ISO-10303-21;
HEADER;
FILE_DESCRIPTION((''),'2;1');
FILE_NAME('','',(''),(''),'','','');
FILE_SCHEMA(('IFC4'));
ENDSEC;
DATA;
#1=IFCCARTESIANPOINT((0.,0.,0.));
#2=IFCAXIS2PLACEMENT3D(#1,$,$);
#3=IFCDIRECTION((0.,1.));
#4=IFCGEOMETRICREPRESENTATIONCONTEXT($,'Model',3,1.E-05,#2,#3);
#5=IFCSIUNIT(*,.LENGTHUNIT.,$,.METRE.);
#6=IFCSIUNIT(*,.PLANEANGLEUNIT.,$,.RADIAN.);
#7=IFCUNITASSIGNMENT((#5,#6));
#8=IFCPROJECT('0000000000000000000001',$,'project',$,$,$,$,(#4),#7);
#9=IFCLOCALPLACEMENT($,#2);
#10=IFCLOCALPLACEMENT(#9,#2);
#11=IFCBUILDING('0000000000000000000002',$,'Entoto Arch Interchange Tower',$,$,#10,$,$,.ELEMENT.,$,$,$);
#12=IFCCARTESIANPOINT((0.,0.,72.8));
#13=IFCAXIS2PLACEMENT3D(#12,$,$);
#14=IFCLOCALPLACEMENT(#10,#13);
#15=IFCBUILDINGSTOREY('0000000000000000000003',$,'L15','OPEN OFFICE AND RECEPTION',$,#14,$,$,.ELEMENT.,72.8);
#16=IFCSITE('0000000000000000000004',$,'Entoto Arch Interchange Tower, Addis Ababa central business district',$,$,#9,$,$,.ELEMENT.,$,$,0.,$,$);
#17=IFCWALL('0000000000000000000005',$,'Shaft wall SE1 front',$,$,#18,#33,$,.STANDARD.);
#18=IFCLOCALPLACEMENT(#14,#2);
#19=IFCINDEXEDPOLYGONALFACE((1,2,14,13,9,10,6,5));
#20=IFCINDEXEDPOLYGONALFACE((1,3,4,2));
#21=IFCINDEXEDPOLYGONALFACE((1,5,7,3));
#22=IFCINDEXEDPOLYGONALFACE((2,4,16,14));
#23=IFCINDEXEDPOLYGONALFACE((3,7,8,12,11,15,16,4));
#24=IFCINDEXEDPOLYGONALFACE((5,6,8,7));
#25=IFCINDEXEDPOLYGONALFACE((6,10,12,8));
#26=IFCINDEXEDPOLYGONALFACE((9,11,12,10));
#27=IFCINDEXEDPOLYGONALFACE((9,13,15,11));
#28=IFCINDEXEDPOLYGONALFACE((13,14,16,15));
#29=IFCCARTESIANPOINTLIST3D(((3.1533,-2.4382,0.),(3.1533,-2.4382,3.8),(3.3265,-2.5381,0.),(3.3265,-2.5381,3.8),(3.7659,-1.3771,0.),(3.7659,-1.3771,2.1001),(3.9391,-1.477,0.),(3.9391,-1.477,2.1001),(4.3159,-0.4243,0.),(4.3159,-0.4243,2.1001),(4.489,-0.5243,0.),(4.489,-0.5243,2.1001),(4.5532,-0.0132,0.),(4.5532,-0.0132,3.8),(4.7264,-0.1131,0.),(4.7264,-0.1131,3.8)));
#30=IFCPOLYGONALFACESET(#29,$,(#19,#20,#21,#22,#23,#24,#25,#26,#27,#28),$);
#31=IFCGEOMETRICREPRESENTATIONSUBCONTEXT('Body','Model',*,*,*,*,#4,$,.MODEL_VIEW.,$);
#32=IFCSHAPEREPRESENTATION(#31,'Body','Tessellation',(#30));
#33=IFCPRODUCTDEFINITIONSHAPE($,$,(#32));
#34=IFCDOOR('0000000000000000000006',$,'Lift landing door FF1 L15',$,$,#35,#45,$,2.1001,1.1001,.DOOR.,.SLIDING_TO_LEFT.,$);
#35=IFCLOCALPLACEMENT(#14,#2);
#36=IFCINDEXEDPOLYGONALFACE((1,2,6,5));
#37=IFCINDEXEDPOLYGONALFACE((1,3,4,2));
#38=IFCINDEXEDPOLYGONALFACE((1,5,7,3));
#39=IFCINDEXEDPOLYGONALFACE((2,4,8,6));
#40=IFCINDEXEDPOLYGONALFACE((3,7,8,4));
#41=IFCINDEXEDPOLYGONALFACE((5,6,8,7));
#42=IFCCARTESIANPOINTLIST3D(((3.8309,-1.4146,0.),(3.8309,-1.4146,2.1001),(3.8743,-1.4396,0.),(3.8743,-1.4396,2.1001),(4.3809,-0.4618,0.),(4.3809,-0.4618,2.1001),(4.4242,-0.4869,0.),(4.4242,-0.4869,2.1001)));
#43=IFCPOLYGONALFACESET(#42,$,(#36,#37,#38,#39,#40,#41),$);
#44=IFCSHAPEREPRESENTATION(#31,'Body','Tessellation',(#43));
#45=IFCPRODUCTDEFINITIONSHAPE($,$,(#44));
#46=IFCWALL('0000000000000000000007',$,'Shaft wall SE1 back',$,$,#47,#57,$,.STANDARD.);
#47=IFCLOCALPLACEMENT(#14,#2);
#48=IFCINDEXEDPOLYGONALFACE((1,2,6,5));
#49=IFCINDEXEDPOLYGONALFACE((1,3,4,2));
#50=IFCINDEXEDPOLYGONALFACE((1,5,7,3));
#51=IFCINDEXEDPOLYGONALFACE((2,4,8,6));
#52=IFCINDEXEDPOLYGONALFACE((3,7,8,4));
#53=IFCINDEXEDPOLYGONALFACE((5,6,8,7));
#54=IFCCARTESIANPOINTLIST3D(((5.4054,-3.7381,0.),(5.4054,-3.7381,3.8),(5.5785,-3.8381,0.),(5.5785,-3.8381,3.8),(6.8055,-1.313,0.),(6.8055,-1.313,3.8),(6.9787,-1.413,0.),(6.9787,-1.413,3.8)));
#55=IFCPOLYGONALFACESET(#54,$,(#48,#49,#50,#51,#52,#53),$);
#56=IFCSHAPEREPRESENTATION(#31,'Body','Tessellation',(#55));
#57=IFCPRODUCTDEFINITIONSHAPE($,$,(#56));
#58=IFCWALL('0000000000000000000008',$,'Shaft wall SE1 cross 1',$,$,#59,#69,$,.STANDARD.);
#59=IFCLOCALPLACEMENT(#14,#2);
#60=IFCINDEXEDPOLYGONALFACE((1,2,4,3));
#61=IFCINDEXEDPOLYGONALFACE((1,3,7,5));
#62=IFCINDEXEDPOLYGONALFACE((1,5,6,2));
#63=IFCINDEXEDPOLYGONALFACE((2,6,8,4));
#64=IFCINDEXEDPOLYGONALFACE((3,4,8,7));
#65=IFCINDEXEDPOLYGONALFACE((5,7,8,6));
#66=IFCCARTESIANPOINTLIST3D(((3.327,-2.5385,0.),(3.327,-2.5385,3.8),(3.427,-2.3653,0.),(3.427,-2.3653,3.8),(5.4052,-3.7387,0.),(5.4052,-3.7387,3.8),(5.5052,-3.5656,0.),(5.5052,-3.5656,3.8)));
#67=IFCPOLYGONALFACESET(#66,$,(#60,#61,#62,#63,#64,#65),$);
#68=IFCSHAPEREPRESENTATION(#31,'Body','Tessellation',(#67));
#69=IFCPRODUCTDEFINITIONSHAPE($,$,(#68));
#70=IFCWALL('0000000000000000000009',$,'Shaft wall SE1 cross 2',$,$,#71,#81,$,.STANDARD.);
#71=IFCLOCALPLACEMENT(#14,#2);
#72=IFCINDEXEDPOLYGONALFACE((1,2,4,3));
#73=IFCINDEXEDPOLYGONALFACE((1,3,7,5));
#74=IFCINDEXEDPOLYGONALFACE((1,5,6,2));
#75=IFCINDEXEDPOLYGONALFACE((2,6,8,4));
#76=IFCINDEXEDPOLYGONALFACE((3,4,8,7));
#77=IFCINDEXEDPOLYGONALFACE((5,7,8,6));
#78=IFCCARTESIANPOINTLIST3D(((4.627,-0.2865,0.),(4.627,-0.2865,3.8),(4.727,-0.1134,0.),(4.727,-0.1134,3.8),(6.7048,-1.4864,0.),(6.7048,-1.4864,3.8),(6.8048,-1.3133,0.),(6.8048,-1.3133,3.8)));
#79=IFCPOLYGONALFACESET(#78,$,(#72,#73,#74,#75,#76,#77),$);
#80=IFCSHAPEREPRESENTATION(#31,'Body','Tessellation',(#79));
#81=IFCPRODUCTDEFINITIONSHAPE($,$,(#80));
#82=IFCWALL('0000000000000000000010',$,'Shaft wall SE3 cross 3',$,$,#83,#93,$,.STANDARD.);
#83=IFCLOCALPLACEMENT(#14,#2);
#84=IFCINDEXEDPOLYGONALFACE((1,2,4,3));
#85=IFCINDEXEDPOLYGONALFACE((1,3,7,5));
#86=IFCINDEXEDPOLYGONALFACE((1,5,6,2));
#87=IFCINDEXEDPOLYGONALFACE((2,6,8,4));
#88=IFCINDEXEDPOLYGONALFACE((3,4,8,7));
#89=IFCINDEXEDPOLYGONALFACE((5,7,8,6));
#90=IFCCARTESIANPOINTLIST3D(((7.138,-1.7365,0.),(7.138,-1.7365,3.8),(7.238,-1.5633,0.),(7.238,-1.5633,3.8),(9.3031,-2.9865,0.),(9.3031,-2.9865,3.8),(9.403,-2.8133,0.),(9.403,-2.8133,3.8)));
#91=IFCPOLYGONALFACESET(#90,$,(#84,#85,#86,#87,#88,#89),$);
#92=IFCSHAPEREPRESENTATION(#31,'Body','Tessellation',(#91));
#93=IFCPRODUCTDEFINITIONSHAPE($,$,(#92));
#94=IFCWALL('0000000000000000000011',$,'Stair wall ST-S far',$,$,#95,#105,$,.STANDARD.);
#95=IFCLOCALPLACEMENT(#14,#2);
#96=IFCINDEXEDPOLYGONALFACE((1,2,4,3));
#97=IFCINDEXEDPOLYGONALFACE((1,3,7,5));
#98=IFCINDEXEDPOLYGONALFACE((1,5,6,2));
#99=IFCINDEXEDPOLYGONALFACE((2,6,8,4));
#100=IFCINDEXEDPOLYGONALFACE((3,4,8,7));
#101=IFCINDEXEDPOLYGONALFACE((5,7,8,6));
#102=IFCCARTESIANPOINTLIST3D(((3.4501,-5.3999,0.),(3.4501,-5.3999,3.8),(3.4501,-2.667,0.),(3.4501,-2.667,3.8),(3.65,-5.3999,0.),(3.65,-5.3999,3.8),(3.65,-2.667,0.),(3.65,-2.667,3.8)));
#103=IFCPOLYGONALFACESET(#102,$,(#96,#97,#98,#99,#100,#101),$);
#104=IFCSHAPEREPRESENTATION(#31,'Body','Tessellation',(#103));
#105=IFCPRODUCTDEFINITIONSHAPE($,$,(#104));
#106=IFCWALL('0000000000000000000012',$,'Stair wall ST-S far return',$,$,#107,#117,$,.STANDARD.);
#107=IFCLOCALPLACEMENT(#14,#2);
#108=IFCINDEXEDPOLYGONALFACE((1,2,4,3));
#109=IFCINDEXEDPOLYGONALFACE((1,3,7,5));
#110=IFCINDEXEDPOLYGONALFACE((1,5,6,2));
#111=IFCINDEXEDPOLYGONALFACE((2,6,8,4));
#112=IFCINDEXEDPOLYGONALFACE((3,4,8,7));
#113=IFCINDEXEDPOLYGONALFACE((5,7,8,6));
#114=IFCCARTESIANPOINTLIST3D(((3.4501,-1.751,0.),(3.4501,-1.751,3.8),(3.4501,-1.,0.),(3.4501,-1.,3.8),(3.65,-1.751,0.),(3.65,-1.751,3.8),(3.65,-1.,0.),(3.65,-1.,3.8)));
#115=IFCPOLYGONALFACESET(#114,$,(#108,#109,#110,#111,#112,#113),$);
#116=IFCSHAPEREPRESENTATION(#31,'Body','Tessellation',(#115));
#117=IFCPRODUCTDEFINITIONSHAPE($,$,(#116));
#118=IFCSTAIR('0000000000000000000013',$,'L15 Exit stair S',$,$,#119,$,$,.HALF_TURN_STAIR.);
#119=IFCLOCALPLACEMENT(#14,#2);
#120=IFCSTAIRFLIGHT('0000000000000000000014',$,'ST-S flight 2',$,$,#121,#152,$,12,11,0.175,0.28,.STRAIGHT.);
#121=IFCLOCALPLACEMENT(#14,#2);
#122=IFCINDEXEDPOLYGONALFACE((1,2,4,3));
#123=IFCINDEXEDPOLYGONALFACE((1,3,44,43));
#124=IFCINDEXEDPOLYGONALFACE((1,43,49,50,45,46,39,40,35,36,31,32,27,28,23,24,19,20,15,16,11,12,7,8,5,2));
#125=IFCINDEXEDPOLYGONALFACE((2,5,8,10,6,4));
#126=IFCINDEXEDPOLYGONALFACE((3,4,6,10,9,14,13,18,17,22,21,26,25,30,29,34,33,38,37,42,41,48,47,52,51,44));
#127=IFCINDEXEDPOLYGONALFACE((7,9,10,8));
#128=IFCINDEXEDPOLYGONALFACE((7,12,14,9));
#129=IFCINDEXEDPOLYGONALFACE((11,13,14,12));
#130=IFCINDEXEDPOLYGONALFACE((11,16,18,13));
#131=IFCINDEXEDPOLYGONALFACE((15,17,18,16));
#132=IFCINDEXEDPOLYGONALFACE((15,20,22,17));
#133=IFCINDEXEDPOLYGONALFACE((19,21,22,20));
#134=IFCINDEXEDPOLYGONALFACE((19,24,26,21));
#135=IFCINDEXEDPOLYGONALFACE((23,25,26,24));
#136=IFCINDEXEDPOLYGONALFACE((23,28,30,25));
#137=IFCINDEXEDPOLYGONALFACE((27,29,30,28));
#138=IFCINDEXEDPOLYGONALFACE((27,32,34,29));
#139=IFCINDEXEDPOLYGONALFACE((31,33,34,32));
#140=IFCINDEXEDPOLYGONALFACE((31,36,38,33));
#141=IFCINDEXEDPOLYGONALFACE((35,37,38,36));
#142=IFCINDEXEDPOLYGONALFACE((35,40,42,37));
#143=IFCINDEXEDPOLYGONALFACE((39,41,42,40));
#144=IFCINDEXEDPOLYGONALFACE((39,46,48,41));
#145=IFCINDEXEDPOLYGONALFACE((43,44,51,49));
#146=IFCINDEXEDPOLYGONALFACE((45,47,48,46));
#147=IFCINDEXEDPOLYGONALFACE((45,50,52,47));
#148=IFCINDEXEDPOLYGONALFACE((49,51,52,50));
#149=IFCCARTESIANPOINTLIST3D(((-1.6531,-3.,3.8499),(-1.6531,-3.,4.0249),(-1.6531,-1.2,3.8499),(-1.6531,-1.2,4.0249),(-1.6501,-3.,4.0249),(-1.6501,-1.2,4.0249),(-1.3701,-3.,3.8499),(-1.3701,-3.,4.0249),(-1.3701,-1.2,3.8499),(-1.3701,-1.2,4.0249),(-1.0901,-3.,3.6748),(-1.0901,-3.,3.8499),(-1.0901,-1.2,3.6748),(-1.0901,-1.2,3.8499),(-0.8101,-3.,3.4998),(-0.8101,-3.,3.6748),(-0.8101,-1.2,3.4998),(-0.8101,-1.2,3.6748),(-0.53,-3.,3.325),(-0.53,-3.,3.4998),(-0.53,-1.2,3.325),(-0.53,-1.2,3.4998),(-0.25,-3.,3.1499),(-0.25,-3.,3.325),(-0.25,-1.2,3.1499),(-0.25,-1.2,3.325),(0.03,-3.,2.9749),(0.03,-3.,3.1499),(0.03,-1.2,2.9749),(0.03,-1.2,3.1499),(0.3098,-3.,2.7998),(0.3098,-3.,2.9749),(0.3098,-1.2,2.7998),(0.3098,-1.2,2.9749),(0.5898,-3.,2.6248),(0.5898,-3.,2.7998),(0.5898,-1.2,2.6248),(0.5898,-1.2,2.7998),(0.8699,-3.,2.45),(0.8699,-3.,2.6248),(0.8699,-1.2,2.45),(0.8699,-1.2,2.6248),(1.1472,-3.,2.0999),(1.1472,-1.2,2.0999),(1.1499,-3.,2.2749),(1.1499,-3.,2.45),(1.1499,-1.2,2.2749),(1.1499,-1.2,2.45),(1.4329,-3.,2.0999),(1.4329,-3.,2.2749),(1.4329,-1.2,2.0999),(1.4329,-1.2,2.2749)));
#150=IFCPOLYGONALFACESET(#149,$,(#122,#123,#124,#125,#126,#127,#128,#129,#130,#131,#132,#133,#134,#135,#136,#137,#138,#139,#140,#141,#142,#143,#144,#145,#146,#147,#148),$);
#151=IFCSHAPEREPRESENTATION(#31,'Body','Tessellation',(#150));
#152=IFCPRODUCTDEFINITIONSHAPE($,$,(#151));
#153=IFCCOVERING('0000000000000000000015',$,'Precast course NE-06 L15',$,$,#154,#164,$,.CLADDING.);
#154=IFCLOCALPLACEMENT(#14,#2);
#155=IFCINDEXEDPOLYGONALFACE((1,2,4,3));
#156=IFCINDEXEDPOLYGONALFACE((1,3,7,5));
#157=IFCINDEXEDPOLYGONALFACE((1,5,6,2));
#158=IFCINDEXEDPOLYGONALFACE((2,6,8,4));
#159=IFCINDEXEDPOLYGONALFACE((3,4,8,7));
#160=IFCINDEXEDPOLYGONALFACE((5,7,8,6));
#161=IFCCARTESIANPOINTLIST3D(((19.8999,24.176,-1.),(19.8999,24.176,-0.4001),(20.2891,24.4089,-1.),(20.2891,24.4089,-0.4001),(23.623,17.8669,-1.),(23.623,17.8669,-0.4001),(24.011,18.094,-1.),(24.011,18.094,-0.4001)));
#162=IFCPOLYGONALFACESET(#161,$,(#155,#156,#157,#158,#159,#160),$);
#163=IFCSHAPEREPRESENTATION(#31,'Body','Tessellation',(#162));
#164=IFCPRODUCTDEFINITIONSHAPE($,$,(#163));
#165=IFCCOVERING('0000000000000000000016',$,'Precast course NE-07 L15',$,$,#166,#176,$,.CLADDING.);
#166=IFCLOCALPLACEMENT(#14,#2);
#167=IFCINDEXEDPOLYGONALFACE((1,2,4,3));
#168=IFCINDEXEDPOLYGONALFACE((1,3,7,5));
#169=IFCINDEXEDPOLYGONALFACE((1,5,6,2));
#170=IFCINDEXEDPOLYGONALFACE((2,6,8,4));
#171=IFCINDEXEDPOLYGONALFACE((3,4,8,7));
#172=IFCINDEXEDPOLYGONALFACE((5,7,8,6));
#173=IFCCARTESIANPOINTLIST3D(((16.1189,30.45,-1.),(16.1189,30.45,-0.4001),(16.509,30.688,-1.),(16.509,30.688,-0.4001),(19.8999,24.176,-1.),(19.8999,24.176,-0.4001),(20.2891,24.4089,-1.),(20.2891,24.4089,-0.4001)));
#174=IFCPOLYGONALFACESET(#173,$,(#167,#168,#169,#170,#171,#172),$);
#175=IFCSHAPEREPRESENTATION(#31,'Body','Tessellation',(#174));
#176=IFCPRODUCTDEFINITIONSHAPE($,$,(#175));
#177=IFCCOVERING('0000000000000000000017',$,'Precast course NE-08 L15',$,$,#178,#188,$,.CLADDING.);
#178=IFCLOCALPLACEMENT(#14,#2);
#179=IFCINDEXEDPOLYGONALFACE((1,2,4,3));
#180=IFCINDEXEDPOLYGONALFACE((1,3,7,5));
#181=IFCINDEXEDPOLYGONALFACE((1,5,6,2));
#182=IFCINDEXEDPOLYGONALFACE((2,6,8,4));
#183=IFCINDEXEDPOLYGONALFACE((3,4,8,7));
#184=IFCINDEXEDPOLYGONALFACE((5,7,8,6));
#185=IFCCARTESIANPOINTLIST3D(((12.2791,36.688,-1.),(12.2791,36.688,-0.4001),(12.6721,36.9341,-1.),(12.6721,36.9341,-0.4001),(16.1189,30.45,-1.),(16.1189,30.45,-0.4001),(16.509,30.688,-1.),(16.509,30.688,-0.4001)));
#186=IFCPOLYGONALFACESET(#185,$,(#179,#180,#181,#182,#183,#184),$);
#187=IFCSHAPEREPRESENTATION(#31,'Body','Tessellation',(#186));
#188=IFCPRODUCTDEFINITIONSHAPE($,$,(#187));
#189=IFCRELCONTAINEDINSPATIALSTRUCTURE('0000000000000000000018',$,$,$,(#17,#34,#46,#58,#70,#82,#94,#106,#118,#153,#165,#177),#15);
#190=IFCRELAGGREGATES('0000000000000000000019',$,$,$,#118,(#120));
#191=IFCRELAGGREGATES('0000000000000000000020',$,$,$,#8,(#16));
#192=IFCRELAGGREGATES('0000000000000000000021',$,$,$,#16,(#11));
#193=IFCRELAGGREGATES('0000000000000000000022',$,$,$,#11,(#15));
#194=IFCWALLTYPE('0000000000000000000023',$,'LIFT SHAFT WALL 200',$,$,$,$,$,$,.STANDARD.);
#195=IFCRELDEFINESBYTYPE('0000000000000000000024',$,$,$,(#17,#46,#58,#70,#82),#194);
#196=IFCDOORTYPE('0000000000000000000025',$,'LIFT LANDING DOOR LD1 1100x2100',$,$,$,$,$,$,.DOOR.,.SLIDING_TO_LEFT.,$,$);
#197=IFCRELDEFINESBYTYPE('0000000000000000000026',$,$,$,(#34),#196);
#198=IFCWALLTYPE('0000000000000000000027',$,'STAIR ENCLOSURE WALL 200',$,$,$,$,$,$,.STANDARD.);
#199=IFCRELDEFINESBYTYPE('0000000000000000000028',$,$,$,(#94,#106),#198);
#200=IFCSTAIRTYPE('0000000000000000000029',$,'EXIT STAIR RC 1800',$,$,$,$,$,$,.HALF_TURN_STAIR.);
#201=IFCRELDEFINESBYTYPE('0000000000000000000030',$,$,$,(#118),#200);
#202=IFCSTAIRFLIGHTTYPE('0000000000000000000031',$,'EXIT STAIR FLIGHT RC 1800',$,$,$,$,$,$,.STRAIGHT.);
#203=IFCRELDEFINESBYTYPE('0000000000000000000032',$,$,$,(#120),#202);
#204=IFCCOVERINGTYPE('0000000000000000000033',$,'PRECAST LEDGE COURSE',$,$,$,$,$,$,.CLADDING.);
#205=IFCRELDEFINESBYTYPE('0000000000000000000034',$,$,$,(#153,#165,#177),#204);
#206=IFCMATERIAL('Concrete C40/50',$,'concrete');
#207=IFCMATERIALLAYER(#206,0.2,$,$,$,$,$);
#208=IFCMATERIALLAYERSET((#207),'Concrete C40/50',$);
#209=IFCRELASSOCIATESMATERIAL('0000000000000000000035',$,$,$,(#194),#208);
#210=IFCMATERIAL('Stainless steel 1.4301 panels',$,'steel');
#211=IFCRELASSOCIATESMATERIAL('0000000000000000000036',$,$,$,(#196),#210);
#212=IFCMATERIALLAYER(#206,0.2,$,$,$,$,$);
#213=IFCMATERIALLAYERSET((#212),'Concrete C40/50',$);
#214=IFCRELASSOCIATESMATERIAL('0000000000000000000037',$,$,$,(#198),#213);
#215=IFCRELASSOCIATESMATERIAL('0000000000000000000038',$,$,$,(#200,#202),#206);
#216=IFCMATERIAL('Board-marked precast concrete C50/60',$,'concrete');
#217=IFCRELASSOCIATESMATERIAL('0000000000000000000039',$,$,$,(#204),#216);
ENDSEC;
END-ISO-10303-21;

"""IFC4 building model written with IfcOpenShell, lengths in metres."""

from ifc_helpers import new_model, si_unit, direction, frame, frame_2d, origin, place, context, subcontext, project, spatial, polyline, rectangle, outline, extrude, material, layer, layer_set, type_object, element, fill, aggregate, save


model = new_model("IFC4")

# Units and contexts
model_context = context("Model", 3, precision=1e-05, world=origin(), true_north=direction((0.0, 1.0)))
body_context = subcontext(model_context, "Body", "Model", "MODEL_VIEW")
ifc_project = project(units=[si_unit("LENGTHUNIT", "METRE"), si_unit("PLANEANGLEUNIT", "RADIAN")], contexts=[model_context])

# Site, building, storey
site_placement = place(None, origin())
site = spatial("IfcSite", under=ifc_project, at=site_placement, Name="Entoto Arch Interchange Tower, Addis Ababa central business district", CompositionType="ELEMENT", RefElevation=0.0)
building_placement = place(site_placement, origin())
building = spatial("IfcBuilding", under=site, at=building_placement, Name="Entoto Arch Interchange Tower", CompositionType="ELEMENT")
storey_placement = place(building_placement, frame((0.0, 0.0, 72.8)))
storey = spatial("IfcBuildingStorey", under=building, at=storey_placement, Name="L15", Description="OPEN OFFICE AND RECEPTION", CompositionType="ELEMENT", Elevation=72.8)

# Wall, opening, door
ifc_material_1 = material(Name="Concrete C40/50", Category="concrete")
ifc_layer_1 = layer(ifc_material_1, 0.2)
ifc_layer_set_1 = layer_set([ifc_layer_1], Name="Concrete C40/50")
wall_type_1 = type_object("IfcWallType", Name="LIFT SHAFT WALL 200", PredefinedType="STANDARD", material=ifc_layer_set_1)
wall_1_placement = place(storey_placement, frame((3.24, -2.488, 0.0), z_axis=(0.0, 0.0, 1.0), x_axis=(0.499946, 0.866056, 0.0)))
wall_1 = element("IfcWall", 1, at=wall_1_placement, inside=storey, type_object=wall_type_1, Name="Shaft wall SE1 front", PredefinedType="STANDARD", context=body_context, shape_type="SweptSolid", body=[
    extrude(rectangle(XDim=2.8, YDim=0.2, at=frame_2d((1.3999, 0.0))), origin(), (0.0, 0.0, 1.0), 3.8),
])
opening_placement = place(wall_1_placement, frame((1.2251, 0.0, 0.0)))
opening = element("IfcOpeningElement", 2, at=opening_placement, cuts=wall_1, PredefinedType="OPENING", context=body_context, shape_type="SweptSolid", body=[
    extrude(rectangle(XDim=1.1001, YDim=2.1001, at=frame_2d((0.55, 1.05))), frame((0.0, 0.1099, 0.0), z_axis=(0.0, -1.0, 0.0), x_axis=(1.0, 0.0, 0.0)), (0.0, 0.0, 1.0), 0.22),
])
ifc_material_2 = material(Name="Stainless steel 1.4301 panels", Category="steel")
door_type = type_object("IfcDoorType", Name="LIFT LANDING DOOR LD1 1100x2100", OperationType="SLIDING_TO_LEFT", PredefinedType="DOOR", material=ifc_material_2)
door_placement = place(opening_placement, origin())
door = element("IfcDoor", 3, at=door_placement, inside=storey, type_object=door_type, Name="Lift landing door FF1 L15", OperationType="SLIDING_TO_LEFT", OverallHeight=2.1001, OverallWidth=1.1001, PredefinedType="DOOR", context=body_context, shape_type="SweptSolid", body=[
    extrude(rectangle(XDim=1.1001, YDim=2.1001, at=frame_2d((0.55, 1.05))), frame((0.0, 0.0249, 0.0), z_axis=(0.0, -1.0, 0.0), x_axis=(1.0, 0.0, 0.0)), (0.0, 0.0, 1.0), 0.05),
])
fill(opening, door)

# Walls
wall_2_placement = place(storey_placement, frame((5.4919, -3.7881, 0.0), z_axis=(0.0, 0.0, 1.0), x_axis=(0.500012, 0.866019, 0.0)))
element("IfcWall", 4, at=wall_2_placement, inside=storey, type_object=wall_type_1, Name="Shaft wall SE1 back", PredefinedType="STANDARD", context=body_context, shape_type="SweptSolid", body=[
    extrude(rectangle(XDim=2.8003, YDim=0.2, at=frame_2d((1.4001, 0.0))), origin(), (0.0, 0.0, 1.0), 3.8),
])
wall_3_placement = place(storey_placement, frame((3.377, -2.4519, 0.0), z_axis=(0.0, 0.0, 1.0), x_axis=(0.865955, -0.500122, 0.0)))
element("IfcWall", 5, at=wall_3_placement, inside=storey, type_object=wall_type_1, Name="Shaft wall SE1 cross 1", PredefinedType="STANDARD", context=body_context, shape_type="SweptSolid", body=[
    extrude(rectangle(XDim=2.3999, YDim=0.2, at=frame_2d((1.2, 0.0))), origin(), (0.0, 0.0, 1.0), 3.8),
])
wall_4_placement = place(storey_placement, frame((4.677, -0.2, 0.0), z_axis=(0.0, 0.0, 1.0), x_axis=(0.865974, -0.500089, 0.0)))
element("IfcWall", 6, at=wall_4_placement, inside=storey, type_object=wall_type_1, Name="Shaft wall SE1 cross 2", PredefinedType="STANDARD", context=body_context, shape_type="SweptSolid", body=[
    extrude(rectangle(XDim=2.3994, YDim=0.2, at=frame_2d((1.1997, 0.0))), origin(), (0.0, 0.0, 1.0), 3.8),
])
wall_5_placement = place(storey_placement, frame((7.188, -1.6499, 0.0), z_axis=(0.0, 0.0, 1.0), x_axis=(0.866023, -0.500004, 0.0)))
element("IfcWall", 7, at=wall_5_placement, inside=storey, type_object=wall_type_1, Name="Shaft wall SE3 cross 3", PredefinedType="STANDARD", context=body_context, shape_type="SweptSolid", body=[
    extrude(rectangle(XDim=2.5, YDim=0.2, at=frame_2d((1.25, 0.0))), origin(), (0.0, 0.0, 1.0), 3.8),
])
ifc_layer_2 = layer(ifc_material_1, 0.2)
ifc_layer_set_2 = layer_set([ifc_layer_2], Name="Concrete C40/50")
wall_type_2 = type_object("IfcWallType", Name="STAIR ENCLOSURE WALL 200", PredefinedType="STANDARD", material=ifc_layer_set_2)
wall_6_placement = place(storey_placement, frame((3.55, -2.667, 0.0), z_axis=(0.0, 0.0, 1.0), x_axis=(0.0, -1.0, 0.0)))
element("IfcWall", 8, at=wall_6_placement, inside=storey, type_object=wall_type_2, Name="Stair wall ST-S far", PredefinedType="STANDARD", context=body_context, shape_type="SweptSolid", body=[
    extrude(rectangle(XDim=2.7329, YDim=0.2, at=frame_2d((1.3665, 0.0))), origin(), (0.0, 0.0, 1.0), 3.8),
])
wall_7_placement = place(storey_placement, frame((3.55, -1.0, 0.0), z_axis=(0.0, 0.0, 1.0), x_axis=(0.0, -1.0, 0.0)))
element("IfcWall", 9, at=wall_7_placement, inside=storey, type_object=wall_type_2, Name="Stair wall ST-S far return", PredefinedType="STANDARD", context=body_context, shape_type="SweptSolid", body=[
    extrude(rectangle(XDim=0.751, YDim=0.2, at=frame_2d((0.3755, 0.0))), origin(), (0.0, 0.0, 1.0), 3.8),
])

# Stair, stair flight
stair_type = type_object("IfcStairType", Name="EXIT STAIR RC 1800", PredefinedType="HALF_TURN_STAIR", material=ifc_material_1)
stair_placement = place(storey_placement, origin())
stair = element("IfcStair", 10, at=stair_placement, inside=storey, type_object=stair_type, Name="L15 Exit stair S", PredefinedType="HALF_TURN_STAIR")
stair_flight_type = type_object("IfcStairFlightType", Name="EXIT STAIR FLIGHT RC 1800", PredefinedType="STRAIGHT", material=ifc_material_1)
stair_flight_placement = place(storey_placement, frame((1.4299, -2.1001, 2.0999), z_axis=(0.0, 0.0, 1.0), x_axis=(-1.0, 0.0, 0.0)))
stair_flight = element("IfcStairFlight", 11, at=stair_flight_placement, type_object=stair_flight_type, Name="ST-S flight 2", NumberOfRisers=12, NumberOfTreads=11, PredefinedType="STRAIGHT", RiserHeight=0.175, TreadLength=0.28, context=body_context, shape_type="SweptSolid", body=[
    extrude(outline(polyline([(-0.0029, 0.0), (-0.0029, 0.175), (0.28, 0.175), (0.28, 0.3501), (0.5601, 0.3501), (0.5601, 0.5249), (0.8401, 0.5249), (0.8401, 0.7), (1.1201, 0.7), (1.1201, 0.875), (1.3999, 0.875), (1.3999, 1.05), (1.6799, 1.05), (1.6799, 1.2251), (1.96, 1.2251), (1.96, 1.3999), (2.24, 1.3999), (2.24, 1.575), (2.52, 1.575), (2.52, 1.75), (2.8, 1.75), (2.8, 1.925), (3.0801, 1.925), (3.083, 1.925), (3.083, 1.75), (0.2827, 0.0), (-0.0029, 0.0)])), frame((0.0, 0.8999, 0.0), z_axis=(0.0, -1.0, 0.0), x_axis=(1.0, 0.0, 0.0)), (0.0, 0.0, 1.0), 1.8),
])
aggregate(stair, [stair_flight])

# Coverings
ifc_material_3 = material(Name="Board-marked precast concrete C50/60", Category="concrete")
covering_type = type_object("IfcCoveringType", Name="PRECAST LEDGE COURSE", PredefinedType="CLADDING", material=ifc_material_3)
covering_1_placement = place(storey_placement, frame((0.0, 0.0, -1.0)))
element("IfcCovering", 12, at=covering_1_placement, inside=storey, type_object=covering_type, Name="Precast course NE-06 L15", PredefinedType="CLADDING", context=body_context, shape_type="SweptSolid", body=[
    extrude(outline(polyline([(19.8999, 24.176), (20.2891, 24.4089), (24.011, 18.094), (23.623, 17.8669), (19.8999, 24.176)])), origin(), (0.0, 0.0, 1.0), 0.5999),
])
covering_2_placement = place(storey_placement, frame((0.0, 0.0, -1.0)))
element("IfcCovering", 13, at=covering_2_placement, inside=storey, type_object=covering_type, Name="Precast course NE-07 L15", PredefinedType="CLADDING", context=body_context, shape_type="SweptSolid", body=[
    extrude(outline(polyline([(16.1189, 30.45), (16.509, 30.688), (20.2891, 24.4089), (19.8999, 24.176), (16.1189, 30.45)])), origin(), (0.0, 0.0, 1.0), 0.5999),
])
covering_3_placement = place(storey_placement, frame((0.0, 0.0, -1.0)))
element("IfcCovering", 14, at=covering_3_placement, inside=storey, type_object=covering_type, Name="Precast course NE-08 L15", PredefinedType="CLADDING", context=body_context, shape_type="SweptSolid", body=[
    extrude(outline(polyline([(12.2791, 36.688), (12.6721, 36.9341), (16.509, 30.688), (16.1189, 30.45), (12.2791, 36.688)])), origin(), (0.0, 0.0, 1.0), 0.5999),
])

save(model, "model.ifc")
